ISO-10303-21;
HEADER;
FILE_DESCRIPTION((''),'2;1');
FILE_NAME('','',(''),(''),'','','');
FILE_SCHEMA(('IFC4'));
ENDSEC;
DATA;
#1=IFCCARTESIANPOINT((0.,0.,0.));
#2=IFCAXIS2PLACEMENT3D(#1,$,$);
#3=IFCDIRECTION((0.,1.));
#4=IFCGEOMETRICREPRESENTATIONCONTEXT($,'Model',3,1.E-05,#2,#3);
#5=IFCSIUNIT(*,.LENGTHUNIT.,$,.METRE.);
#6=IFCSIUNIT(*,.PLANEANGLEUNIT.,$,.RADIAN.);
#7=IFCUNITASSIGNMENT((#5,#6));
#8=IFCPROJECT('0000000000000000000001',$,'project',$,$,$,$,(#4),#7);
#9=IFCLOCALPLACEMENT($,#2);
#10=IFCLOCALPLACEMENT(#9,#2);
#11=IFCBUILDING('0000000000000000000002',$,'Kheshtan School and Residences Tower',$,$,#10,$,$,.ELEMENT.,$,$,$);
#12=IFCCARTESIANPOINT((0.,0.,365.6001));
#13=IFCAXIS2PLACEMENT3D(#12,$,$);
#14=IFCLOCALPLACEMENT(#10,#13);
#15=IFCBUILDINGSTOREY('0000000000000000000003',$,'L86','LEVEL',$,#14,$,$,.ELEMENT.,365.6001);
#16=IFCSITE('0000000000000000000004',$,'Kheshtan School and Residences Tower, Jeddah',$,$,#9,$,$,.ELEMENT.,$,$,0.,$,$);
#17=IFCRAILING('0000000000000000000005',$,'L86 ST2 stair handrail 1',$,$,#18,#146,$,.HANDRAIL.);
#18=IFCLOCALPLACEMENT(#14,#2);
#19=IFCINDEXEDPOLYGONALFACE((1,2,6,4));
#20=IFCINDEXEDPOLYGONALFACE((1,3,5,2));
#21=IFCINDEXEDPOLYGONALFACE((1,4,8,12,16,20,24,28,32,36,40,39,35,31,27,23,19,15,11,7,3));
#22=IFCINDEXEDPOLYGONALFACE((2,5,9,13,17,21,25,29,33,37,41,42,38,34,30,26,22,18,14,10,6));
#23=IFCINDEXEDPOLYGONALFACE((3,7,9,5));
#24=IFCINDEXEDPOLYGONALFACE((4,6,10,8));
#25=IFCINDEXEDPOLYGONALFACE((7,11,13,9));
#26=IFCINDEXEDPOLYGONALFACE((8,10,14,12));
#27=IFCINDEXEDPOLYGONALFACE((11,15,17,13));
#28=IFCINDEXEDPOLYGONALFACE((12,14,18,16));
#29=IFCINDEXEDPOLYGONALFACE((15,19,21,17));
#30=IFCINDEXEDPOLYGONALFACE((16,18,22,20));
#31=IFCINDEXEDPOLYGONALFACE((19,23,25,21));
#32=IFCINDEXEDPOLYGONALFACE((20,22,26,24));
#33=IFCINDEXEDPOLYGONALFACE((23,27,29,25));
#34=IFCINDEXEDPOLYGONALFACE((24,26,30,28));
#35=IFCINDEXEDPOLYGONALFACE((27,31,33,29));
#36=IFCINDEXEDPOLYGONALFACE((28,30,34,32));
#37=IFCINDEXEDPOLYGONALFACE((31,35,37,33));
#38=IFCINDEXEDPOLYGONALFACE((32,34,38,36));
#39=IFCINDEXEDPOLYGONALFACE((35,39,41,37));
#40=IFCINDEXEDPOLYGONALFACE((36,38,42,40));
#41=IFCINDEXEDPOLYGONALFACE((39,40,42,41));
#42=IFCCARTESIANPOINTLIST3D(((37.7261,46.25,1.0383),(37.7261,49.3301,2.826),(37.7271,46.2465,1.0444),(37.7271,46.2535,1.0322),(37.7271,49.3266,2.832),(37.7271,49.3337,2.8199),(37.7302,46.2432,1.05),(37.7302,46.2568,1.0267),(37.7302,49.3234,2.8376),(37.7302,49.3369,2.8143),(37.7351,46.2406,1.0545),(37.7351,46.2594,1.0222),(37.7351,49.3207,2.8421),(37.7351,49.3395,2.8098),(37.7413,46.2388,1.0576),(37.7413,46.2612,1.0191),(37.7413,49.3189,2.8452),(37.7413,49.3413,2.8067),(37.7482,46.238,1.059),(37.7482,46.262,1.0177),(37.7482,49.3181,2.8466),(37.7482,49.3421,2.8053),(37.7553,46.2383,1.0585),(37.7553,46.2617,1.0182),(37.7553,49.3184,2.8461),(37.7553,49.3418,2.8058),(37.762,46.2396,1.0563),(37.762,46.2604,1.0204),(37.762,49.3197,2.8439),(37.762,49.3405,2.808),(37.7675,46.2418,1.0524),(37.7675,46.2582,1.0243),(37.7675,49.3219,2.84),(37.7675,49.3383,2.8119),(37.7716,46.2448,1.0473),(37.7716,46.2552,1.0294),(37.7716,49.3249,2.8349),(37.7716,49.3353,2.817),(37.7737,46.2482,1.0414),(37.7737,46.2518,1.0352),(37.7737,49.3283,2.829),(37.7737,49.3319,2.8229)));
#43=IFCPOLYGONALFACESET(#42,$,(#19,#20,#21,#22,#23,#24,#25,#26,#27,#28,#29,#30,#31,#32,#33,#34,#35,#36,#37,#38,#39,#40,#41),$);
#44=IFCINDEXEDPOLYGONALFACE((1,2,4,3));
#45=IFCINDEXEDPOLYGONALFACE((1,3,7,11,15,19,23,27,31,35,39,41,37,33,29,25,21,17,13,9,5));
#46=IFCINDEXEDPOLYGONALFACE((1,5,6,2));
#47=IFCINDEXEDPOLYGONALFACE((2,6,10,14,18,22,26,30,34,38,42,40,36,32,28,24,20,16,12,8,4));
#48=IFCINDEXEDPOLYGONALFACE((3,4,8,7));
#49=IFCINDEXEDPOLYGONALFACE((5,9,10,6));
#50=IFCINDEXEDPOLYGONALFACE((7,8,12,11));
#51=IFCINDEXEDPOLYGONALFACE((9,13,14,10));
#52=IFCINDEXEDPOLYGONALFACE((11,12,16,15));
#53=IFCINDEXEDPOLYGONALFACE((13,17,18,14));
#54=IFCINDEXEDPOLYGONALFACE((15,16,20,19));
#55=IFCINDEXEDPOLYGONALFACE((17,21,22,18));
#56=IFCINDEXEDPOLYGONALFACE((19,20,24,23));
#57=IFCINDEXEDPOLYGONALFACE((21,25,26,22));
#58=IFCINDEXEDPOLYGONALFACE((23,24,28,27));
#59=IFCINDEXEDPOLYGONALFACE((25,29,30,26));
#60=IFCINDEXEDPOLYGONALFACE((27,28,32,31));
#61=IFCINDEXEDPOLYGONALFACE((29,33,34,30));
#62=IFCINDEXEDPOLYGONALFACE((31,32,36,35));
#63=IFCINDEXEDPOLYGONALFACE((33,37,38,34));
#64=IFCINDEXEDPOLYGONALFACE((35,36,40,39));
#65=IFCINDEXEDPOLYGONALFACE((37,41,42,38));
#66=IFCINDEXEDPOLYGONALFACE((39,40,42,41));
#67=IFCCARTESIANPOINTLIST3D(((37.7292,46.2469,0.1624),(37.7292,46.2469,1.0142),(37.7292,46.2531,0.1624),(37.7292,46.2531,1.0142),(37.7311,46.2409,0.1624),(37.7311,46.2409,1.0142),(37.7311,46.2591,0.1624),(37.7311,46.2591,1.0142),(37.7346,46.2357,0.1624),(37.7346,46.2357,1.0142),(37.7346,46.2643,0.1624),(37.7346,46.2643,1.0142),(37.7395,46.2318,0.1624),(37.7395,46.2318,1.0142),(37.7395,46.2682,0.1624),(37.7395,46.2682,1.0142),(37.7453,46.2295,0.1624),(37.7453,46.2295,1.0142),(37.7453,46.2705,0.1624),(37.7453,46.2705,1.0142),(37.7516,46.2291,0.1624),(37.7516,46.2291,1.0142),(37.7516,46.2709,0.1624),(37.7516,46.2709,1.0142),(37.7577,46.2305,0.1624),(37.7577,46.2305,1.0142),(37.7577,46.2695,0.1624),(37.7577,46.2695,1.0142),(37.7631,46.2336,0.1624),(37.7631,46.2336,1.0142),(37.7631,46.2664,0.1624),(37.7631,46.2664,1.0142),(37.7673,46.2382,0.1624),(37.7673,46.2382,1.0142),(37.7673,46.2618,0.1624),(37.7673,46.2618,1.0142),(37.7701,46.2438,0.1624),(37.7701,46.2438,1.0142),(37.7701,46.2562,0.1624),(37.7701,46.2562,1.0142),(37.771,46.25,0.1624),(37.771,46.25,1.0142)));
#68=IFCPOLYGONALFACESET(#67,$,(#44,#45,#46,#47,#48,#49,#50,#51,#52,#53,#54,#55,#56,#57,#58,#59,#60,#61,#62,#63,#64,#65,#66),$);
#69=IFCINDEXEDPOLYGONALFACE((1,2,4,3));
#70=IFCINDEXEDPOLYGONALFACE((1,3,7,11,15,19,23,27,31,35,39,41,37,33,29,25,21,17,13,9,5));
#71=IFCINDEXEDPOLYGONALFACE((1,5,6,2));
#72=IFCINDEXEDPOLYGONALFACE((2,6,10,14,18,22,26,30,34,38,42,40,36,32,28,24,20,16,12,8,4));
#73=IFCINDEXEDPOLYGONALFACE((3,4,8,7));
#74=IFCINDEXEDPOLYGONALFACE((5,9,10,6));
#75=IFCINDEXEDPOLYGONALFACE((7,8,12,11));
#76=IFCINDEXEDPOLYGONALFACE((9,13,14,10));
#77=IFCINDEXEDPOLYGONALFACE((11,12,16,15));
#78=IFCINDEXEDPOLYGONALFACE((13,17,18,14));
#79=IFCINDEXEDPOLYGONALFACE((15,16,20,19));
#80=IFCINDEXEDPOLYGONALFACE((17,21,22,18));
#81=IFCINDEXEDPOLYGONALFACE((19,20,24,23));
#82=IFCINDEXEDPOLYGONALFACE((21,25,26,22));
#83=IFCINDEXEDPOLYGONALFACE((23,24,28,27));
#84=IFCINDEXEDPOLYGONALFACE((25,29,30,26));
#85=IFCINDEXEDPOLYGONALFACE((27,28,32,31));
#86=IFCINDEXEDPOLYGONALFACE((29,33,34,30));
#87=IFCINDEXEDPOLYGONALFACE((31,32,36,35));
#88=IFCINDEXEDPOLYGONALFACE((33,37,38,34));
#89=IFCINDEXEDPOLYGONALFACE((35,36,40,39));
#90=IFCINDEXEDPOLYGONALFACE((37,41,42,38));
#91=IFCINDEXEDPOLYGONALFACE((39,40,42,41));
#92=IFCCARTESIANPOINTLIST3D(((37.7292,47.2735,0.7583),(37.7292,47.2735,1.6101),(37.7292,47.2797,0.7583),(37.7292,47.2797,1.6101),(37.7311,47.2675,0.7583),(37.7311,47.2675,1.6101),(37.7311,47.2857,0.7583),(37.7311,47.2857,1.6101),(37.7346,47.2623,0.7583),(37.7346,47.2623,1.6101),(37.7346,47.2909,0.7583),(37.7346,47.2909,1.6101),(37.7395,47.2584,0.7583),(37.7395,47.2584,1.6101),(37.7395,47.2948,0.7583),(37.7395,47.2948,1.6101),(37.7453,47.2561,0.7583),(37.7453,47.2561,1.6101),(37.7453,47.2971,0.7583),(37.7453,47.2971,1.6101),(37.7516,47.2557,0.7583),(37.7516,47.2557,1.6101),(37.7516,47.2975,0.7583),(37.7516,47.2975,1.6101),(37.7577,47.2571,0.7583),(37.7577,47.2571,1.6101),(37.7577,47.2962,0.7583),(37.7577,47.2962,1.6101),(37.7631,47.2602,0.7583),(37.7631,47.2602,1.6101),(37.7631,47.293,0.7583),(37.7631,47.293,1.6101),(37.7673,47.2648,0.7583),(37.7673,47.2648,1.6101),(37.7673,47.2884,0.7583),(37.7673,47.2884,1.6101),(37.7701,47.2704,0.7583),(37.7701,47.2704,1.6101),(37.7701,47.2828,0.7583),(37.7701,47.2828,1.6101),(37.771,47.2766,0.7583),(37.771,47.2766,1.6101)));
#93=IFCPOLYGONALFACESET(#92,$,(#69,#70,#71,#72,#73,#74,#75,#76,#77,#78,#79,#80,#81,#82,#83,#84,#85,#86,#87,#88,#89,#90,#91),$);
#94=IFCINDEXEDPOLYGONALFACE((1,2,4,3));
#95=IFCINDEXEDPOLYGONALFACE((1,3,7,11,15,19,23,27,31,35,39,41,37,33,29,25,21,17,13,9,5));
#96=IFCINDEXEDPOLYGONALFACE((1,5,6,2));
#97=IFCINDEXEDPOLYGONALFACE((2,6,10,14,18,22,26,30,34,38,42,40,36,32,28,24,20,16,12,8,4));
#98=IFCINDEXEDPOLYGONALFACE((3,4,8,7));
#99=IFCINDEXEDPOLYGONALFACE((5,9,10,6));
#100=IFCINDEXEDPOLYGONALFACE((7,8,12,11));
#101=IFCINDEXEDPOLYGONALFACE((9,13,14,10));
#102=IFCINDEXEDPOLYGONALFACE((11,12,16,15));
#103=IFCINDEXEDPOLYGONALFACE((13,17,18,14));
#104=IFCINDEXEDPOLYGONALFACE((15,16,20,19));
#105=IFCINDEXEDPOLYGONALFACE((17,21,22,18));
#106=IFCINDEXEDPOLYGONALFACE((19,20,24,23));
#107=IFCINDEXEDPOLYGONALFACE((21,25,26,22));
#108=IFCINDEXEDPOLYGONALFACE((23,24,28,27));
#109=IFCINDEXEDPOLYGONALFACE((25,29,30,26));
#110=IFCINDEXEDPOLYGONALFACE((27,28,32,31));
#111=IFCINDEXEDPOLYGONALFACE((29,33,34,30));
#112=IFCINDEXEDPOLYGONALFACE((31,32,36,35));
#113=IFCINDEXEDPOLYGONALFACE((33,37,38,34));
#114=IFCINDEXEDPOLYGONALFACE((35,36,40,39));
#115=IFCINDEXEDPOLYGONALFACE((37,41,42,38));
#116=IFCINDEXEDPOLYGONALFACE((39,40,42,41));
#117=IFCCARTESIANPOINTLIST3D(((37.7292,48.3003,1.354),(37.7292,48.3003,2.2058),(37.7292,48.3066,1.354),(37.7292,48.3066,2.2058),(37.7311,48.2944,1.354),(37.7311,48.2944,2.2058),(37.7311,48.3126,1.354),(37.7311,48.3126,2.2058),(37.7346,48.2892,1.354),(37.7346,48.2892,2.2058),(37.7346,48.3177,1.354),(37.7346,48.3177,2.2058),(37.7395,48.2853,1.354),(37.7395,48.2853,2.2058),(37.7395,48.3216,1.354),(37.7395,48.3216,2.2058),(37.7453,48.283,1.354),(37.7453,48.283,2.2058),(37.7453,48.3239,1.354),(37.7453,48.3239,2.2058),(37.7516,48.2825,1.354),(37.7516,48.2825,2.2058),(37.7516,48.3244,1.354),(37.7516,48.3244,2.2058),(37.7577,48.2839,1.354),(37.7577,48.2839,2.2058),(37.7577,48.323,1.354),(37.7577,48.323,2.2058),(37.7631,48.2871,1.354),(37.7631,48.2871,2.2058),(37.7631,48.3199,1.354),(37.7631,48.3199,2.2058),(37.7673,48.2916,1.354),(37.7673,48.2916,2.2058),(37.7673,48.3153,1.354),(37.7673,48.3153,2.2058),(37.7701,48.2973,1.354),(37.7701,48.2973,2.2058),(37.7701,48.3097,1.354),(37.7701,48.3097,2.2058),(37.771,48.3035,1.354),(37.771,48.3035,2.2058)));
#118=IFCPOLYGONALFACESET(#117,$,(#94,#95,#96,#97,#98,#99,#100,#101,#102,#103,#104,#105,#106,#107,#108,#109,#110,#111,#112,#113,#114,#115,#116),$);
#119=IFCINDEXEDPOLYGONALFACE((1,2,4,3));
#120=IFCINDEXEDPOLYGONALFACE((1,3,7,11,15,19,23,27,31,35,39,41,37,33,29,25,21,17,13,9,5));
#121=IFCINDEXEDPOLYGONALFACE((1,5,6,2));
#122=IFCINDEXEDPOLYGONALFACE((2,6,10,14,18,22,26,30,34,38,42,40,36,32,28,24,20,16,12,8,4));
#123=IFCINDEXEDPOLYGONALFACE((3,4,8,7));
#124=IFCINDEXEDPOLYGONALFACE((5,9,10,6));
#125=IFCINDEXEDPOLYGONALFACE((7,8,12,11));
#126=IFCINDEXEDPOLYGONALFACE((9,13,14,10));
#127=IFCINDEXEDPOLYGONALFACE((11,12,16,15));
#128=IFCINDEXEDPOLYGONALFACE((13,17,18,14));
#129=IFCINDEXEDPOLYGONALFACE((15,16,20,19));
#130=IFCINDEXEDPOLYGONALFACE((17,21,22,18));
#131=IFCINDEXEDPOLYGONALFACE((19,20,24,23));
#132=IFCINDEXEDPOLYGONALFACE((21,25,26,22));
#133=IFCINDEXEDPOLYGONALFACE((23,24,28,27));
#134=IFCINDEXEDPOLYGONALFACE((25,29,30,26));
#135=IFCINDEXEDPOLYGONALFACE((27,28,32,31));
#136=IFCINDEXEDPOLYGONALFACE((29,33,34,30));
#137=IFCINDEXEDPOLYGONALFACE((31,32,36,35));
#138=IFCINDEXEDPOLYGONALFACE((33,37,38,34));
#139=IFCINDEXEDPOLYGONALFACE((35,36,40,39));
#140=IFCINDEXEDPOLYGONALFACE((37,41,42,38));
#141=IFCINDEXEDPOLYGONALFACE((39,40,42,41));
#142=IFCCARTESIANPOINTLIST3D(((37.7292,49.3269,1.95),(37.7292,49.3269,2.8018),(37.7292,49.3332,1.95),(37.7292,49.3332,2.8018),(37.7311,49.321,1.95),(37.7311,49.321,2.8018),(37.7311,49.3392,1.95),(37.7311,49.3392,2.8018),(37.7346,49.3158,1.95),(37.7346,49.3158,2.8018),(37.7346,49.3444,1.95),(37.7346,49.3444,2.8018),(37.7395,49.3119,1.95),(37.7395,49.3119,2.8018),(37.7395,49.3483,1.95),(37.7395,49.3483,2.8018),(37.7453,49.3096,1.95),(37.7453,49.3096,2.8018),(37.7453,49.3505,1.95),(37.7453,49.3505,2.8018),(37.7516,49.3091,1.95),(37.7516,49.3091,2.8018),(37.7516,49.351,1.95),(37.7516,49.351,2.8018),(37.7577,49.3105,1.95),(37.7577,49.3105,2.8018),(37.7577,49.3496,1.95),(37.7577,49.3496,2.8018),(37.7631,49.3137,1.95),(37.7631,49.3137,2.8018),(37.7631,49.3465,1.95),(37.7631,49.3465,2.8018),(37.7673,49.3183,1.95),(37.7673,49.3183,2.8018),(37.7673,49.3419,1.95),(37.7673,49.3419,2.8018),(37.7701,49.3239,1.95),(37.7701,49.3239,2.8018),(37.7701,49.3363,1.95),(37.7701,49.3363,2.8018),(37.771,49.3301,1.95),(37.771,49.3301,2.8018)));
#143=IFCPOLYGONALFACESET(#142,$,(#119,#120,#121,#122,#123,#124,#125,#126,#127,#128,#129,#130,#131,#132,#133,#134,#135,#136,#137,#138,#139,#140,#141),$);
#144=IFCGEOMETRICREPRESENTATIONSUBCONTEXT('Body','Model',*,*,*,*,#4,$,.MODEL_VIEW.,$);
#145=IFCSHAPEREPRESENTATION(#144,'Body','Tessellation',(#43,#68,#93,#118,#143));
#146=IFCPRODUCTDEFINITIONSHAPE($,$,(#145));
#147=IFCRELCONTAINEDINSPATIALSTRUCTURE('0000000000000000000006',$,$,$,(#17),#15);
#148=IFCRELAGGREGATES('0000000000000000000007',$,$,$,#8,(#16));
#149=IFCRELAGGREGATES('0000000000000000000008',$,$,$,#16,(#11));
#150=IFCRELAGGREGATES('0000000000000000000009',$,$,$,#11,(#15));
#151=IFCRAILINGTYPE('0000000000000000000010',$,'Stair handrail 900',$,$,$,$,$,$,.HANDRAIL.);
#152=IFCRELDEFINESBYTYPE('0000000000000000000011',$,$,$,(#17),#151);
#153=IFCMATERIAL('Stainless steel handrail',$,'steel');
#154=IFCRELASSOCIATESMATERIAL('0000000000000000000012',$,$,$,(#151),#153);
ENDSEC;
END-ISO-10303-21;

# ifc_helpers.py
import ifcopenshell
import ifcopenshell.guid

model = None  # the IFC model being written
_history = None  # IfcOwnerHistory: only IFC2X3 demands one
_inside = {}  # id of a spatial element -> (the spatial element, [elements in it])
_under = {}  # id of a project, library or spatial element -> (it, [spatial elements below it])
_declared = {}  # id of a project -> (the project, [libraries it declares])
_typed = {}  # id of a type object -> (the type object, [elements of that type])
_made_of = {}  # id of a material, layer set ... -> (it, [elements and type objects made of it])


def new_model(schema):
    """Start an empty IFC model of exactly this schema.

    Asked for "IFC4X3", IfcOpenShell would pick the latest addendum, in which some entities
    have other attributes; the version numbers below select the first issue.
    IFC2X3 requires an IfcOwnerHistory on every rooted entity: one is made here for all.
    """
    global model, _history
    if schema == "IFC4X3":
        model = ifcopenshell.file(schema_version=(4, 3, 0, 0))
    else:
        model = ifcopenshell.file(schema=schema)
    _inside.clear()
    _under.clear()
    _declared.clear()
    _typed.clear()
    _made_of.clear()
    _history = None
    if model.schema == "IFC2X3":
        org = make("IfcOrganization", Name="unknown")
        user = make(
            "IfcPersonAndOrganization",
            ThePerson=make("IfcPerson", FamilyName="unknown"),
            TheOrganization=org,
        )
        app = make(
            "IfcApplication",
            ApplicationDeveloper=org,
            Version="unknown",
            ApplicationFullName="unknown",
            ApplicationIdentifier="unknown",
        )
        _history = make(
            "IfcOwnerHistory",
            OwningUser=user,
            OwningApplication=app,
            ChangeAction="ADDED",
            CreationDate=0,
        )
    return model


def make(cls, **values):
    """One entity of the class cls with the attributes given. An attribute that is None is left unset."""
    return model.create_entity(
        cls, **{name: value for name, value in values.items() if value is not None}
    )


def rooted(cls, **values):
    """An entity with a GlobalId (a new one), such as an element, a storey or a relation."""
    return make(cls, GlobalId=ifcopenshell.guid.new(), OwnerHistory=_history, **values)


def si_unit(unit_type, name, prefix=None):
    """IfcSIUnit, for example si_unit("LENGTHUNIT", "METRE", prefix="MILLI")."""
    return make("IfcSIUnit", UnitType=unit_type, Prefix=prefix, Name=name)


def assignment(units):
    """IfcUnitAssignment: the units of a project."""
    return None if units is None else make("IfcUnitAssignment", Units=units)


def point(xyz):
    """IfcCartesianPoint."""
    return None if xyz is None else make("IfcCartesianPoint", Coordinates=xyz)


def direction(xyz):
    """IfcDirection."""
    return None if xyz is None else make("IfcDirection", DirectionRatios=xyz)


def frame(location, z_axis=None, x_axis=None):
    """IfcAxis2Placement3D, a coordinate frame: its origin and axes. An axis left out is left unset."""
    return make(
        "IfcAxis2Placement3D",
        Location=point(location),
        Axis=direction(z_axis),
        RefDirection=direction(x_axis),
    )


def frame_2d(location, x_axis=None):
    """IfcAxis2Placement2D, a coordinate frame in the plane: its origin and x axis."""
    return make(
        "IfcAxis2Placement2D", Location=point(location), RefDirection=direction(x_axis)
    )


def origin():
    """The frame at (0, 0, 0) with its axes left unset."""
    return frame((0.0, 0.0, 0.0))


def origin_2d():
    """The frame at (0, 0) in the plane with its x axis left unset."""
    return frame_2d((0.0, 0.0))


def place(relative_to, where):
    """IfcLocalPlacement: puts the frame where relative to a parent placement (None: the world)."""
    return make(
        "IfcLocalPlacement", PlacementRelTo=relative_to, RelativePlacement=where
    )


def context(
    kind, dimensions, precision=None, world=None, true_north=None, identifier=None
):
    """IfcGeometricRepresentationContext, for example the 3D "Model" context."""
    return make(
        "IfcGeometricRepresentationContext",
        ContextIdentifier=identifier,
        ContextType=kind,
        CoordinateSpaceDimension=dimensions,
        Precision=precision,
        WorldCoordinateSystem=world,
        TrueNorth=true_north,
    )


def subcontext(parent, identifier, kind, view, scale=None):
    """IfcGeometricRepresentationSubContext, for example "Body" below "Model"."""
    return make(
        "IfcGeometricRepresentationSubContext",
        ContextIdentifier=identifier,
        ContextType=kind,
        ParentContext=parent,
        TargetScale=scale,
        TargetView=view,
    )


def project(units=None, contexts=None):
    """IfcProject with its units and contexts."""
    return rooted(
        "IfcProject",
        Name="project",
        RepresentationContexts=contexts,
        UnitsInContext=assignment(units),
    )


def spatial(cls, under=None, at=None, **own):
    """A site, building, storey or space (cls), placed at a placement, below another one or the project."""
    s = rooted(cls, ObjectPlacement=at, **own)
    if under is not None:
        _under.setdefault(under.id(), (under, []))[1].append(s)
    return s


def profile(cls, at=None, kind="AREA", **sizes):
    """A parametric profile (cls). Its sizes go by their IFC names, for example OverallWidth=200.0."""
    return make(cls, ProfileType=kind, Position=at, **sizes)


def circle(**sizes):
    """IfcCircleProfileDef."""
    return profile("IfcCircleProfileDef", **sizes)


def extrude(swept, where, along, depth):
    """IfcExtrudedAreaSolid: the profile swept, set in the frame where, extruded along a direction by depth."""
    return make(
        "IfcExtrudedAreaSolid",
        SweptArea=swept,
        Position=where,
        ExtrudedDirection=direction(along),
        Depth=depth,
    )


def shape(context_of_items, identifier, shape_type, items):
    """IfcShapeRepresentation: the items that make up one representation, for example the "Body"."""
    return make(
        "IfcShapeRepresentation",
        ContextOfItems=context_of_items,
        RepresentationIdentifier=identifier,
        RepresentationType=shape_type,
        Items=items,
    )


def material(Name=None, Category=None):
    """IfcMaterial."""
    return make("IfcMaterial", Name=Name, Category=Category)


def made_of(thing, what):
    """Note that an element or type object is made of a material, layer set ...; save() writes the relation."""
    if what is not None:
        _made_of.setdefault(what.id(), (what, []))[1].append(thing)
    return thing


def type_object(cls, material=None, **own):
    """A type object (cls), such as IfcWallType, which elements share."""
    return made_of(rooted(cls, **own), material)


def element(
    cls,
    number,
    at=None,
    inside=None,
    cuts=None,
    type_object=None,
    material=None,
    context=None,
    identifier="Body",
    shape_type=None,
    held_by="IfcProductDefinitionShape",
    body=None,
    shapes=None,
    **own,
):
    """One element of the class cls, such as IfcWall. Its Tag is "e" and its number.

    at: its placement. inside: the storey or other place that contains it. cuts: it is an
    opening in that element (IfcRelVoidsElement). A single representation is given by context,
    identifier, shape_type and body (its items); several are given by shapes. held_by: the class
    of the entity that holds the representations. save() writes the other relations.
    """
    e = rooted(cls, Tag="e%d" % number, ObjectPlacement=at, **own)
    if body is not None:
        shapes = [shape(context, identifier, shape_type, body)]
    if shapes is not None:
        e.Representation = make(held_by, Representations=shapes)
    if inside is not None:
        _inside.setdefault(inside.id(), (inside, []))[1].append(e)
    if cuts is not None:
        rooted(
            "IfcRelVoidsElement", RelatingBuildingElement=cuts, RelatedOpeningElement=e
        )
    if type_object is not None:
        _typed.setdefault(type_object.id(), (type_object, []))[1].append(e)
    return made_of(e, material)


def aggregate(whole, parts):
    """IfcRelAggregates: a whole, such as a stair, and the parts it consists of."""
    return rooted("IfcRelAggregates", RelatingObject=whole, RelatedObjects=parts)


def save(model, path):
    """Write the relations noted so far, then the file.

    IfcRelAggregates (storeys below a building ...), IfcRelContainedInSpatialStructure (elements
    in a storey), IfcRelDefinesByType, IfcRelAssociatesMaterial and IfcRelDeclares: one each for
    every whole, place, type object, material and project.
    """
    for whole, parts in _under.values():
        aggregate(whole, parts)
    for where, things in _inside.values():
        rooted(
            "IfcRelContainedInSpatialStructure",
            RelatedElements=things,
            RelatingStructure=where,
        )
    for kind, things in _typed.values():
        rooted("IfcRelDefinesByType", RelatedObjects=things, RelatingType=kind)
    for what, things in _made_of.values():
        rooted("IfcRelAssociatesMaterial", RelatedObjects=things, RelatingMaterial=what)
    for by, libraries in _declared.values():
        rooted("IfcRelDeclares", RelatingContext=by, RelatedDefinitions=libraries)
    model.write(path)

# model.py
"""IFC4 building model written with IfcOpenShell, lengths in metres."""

from ifc_helpers import new_model, si_unit, direction, frame, origin, origin_2d, place, context, subcontext, project, spatial, circle, extrude, material, type_object, element, save


model = new_model("IFC4")

# Units and contexts
model_context = context("Model", 3, precision=1e-05, world=origin(), true_north=direction((0.0, 1.0)))
body_context = subcontext(model_context, "Body", "Model", "MODEL_VIEW")
ifc_project = project(units=[si_unit("LENGTHUNIT", "METRE"), si_unit("PLANEANGLEUNIT", "RADIAN")], contexts=[model_context])

# Site, building, storey
site_placement = place(None, origin())
site = spatial("IfcSite", under=ifc_project, at=site_placement, Name="Kheshtan School and Residences Tower, Jeddah", CompositionType="ELEMENT", RefElevation=0.0)
building_placement = place(site_placement, origin())
building = spatial("IfcBuilding", under=site, at=building_placement, Name="Kheshtan School and Residences Tower", CompositionType="ELEMENT")
storey_placement = place(building_placement, frame((0.0, 0.0, 365.6001)))
storey = spatial("IfcBuildingStorey", under=building, at=storey_placement, Name="L86", Description="LEVEL", CompositionType="ELEMENT", Elevation=365.6001)

# Railing
ifc_material_1 = material(Name="Stainless steel handrail", Category="steel")
railing_type_1 = type_object("IfcRailingType", Name="Stair handrail 900", PredefinedType="HANDRAIL", material=ifc_material_1)
railing_1_placement = place(storey_placement, frame((37.75, 46.25, 0.1624)))
element("IfcRailing", 1, at=railing_1_placement, inside=storey, type_object=railing_type_1, Name="L86 ST2 stair handrail 1", PredefinedType="HANDRAIL", context=body_context, shape_type="SweptSolid", body=[
    extrude(circle(Radius=0.0239, at=origin_2d()), frame((0.0, 0.0, 0.876), z_axis=(0.0, 0.864891, 0.50196), x_axis=(-1.0, 0.0, 0.0)), (0.0, 0.0, 1.0), 3.5613),
    extrude(circle(Radius=0.021, at=origin_2d()), origin(), (0.0, 0.0, 1.0), 0.8518),
    extrude(circle(Radius=0.021, at=origin_2d()), frame((0.0, 1.0266, 0.5959)), (0.0, 0.0, 1.0), 0.8518),
    extrude(circle(Radius=0.021, at=origin_2d()), frame((0.0, 2.0535, 1.1917)), (0.0, 0.0, 1.0), 0.8518),
    extrude(circle(Radius=0.021, at=origin_2d()), frame((0.0, 3.0801, 1.7876)), (0.0, 0.0, 1.0), 0.8518),
])

save(model, "model.ifc")
